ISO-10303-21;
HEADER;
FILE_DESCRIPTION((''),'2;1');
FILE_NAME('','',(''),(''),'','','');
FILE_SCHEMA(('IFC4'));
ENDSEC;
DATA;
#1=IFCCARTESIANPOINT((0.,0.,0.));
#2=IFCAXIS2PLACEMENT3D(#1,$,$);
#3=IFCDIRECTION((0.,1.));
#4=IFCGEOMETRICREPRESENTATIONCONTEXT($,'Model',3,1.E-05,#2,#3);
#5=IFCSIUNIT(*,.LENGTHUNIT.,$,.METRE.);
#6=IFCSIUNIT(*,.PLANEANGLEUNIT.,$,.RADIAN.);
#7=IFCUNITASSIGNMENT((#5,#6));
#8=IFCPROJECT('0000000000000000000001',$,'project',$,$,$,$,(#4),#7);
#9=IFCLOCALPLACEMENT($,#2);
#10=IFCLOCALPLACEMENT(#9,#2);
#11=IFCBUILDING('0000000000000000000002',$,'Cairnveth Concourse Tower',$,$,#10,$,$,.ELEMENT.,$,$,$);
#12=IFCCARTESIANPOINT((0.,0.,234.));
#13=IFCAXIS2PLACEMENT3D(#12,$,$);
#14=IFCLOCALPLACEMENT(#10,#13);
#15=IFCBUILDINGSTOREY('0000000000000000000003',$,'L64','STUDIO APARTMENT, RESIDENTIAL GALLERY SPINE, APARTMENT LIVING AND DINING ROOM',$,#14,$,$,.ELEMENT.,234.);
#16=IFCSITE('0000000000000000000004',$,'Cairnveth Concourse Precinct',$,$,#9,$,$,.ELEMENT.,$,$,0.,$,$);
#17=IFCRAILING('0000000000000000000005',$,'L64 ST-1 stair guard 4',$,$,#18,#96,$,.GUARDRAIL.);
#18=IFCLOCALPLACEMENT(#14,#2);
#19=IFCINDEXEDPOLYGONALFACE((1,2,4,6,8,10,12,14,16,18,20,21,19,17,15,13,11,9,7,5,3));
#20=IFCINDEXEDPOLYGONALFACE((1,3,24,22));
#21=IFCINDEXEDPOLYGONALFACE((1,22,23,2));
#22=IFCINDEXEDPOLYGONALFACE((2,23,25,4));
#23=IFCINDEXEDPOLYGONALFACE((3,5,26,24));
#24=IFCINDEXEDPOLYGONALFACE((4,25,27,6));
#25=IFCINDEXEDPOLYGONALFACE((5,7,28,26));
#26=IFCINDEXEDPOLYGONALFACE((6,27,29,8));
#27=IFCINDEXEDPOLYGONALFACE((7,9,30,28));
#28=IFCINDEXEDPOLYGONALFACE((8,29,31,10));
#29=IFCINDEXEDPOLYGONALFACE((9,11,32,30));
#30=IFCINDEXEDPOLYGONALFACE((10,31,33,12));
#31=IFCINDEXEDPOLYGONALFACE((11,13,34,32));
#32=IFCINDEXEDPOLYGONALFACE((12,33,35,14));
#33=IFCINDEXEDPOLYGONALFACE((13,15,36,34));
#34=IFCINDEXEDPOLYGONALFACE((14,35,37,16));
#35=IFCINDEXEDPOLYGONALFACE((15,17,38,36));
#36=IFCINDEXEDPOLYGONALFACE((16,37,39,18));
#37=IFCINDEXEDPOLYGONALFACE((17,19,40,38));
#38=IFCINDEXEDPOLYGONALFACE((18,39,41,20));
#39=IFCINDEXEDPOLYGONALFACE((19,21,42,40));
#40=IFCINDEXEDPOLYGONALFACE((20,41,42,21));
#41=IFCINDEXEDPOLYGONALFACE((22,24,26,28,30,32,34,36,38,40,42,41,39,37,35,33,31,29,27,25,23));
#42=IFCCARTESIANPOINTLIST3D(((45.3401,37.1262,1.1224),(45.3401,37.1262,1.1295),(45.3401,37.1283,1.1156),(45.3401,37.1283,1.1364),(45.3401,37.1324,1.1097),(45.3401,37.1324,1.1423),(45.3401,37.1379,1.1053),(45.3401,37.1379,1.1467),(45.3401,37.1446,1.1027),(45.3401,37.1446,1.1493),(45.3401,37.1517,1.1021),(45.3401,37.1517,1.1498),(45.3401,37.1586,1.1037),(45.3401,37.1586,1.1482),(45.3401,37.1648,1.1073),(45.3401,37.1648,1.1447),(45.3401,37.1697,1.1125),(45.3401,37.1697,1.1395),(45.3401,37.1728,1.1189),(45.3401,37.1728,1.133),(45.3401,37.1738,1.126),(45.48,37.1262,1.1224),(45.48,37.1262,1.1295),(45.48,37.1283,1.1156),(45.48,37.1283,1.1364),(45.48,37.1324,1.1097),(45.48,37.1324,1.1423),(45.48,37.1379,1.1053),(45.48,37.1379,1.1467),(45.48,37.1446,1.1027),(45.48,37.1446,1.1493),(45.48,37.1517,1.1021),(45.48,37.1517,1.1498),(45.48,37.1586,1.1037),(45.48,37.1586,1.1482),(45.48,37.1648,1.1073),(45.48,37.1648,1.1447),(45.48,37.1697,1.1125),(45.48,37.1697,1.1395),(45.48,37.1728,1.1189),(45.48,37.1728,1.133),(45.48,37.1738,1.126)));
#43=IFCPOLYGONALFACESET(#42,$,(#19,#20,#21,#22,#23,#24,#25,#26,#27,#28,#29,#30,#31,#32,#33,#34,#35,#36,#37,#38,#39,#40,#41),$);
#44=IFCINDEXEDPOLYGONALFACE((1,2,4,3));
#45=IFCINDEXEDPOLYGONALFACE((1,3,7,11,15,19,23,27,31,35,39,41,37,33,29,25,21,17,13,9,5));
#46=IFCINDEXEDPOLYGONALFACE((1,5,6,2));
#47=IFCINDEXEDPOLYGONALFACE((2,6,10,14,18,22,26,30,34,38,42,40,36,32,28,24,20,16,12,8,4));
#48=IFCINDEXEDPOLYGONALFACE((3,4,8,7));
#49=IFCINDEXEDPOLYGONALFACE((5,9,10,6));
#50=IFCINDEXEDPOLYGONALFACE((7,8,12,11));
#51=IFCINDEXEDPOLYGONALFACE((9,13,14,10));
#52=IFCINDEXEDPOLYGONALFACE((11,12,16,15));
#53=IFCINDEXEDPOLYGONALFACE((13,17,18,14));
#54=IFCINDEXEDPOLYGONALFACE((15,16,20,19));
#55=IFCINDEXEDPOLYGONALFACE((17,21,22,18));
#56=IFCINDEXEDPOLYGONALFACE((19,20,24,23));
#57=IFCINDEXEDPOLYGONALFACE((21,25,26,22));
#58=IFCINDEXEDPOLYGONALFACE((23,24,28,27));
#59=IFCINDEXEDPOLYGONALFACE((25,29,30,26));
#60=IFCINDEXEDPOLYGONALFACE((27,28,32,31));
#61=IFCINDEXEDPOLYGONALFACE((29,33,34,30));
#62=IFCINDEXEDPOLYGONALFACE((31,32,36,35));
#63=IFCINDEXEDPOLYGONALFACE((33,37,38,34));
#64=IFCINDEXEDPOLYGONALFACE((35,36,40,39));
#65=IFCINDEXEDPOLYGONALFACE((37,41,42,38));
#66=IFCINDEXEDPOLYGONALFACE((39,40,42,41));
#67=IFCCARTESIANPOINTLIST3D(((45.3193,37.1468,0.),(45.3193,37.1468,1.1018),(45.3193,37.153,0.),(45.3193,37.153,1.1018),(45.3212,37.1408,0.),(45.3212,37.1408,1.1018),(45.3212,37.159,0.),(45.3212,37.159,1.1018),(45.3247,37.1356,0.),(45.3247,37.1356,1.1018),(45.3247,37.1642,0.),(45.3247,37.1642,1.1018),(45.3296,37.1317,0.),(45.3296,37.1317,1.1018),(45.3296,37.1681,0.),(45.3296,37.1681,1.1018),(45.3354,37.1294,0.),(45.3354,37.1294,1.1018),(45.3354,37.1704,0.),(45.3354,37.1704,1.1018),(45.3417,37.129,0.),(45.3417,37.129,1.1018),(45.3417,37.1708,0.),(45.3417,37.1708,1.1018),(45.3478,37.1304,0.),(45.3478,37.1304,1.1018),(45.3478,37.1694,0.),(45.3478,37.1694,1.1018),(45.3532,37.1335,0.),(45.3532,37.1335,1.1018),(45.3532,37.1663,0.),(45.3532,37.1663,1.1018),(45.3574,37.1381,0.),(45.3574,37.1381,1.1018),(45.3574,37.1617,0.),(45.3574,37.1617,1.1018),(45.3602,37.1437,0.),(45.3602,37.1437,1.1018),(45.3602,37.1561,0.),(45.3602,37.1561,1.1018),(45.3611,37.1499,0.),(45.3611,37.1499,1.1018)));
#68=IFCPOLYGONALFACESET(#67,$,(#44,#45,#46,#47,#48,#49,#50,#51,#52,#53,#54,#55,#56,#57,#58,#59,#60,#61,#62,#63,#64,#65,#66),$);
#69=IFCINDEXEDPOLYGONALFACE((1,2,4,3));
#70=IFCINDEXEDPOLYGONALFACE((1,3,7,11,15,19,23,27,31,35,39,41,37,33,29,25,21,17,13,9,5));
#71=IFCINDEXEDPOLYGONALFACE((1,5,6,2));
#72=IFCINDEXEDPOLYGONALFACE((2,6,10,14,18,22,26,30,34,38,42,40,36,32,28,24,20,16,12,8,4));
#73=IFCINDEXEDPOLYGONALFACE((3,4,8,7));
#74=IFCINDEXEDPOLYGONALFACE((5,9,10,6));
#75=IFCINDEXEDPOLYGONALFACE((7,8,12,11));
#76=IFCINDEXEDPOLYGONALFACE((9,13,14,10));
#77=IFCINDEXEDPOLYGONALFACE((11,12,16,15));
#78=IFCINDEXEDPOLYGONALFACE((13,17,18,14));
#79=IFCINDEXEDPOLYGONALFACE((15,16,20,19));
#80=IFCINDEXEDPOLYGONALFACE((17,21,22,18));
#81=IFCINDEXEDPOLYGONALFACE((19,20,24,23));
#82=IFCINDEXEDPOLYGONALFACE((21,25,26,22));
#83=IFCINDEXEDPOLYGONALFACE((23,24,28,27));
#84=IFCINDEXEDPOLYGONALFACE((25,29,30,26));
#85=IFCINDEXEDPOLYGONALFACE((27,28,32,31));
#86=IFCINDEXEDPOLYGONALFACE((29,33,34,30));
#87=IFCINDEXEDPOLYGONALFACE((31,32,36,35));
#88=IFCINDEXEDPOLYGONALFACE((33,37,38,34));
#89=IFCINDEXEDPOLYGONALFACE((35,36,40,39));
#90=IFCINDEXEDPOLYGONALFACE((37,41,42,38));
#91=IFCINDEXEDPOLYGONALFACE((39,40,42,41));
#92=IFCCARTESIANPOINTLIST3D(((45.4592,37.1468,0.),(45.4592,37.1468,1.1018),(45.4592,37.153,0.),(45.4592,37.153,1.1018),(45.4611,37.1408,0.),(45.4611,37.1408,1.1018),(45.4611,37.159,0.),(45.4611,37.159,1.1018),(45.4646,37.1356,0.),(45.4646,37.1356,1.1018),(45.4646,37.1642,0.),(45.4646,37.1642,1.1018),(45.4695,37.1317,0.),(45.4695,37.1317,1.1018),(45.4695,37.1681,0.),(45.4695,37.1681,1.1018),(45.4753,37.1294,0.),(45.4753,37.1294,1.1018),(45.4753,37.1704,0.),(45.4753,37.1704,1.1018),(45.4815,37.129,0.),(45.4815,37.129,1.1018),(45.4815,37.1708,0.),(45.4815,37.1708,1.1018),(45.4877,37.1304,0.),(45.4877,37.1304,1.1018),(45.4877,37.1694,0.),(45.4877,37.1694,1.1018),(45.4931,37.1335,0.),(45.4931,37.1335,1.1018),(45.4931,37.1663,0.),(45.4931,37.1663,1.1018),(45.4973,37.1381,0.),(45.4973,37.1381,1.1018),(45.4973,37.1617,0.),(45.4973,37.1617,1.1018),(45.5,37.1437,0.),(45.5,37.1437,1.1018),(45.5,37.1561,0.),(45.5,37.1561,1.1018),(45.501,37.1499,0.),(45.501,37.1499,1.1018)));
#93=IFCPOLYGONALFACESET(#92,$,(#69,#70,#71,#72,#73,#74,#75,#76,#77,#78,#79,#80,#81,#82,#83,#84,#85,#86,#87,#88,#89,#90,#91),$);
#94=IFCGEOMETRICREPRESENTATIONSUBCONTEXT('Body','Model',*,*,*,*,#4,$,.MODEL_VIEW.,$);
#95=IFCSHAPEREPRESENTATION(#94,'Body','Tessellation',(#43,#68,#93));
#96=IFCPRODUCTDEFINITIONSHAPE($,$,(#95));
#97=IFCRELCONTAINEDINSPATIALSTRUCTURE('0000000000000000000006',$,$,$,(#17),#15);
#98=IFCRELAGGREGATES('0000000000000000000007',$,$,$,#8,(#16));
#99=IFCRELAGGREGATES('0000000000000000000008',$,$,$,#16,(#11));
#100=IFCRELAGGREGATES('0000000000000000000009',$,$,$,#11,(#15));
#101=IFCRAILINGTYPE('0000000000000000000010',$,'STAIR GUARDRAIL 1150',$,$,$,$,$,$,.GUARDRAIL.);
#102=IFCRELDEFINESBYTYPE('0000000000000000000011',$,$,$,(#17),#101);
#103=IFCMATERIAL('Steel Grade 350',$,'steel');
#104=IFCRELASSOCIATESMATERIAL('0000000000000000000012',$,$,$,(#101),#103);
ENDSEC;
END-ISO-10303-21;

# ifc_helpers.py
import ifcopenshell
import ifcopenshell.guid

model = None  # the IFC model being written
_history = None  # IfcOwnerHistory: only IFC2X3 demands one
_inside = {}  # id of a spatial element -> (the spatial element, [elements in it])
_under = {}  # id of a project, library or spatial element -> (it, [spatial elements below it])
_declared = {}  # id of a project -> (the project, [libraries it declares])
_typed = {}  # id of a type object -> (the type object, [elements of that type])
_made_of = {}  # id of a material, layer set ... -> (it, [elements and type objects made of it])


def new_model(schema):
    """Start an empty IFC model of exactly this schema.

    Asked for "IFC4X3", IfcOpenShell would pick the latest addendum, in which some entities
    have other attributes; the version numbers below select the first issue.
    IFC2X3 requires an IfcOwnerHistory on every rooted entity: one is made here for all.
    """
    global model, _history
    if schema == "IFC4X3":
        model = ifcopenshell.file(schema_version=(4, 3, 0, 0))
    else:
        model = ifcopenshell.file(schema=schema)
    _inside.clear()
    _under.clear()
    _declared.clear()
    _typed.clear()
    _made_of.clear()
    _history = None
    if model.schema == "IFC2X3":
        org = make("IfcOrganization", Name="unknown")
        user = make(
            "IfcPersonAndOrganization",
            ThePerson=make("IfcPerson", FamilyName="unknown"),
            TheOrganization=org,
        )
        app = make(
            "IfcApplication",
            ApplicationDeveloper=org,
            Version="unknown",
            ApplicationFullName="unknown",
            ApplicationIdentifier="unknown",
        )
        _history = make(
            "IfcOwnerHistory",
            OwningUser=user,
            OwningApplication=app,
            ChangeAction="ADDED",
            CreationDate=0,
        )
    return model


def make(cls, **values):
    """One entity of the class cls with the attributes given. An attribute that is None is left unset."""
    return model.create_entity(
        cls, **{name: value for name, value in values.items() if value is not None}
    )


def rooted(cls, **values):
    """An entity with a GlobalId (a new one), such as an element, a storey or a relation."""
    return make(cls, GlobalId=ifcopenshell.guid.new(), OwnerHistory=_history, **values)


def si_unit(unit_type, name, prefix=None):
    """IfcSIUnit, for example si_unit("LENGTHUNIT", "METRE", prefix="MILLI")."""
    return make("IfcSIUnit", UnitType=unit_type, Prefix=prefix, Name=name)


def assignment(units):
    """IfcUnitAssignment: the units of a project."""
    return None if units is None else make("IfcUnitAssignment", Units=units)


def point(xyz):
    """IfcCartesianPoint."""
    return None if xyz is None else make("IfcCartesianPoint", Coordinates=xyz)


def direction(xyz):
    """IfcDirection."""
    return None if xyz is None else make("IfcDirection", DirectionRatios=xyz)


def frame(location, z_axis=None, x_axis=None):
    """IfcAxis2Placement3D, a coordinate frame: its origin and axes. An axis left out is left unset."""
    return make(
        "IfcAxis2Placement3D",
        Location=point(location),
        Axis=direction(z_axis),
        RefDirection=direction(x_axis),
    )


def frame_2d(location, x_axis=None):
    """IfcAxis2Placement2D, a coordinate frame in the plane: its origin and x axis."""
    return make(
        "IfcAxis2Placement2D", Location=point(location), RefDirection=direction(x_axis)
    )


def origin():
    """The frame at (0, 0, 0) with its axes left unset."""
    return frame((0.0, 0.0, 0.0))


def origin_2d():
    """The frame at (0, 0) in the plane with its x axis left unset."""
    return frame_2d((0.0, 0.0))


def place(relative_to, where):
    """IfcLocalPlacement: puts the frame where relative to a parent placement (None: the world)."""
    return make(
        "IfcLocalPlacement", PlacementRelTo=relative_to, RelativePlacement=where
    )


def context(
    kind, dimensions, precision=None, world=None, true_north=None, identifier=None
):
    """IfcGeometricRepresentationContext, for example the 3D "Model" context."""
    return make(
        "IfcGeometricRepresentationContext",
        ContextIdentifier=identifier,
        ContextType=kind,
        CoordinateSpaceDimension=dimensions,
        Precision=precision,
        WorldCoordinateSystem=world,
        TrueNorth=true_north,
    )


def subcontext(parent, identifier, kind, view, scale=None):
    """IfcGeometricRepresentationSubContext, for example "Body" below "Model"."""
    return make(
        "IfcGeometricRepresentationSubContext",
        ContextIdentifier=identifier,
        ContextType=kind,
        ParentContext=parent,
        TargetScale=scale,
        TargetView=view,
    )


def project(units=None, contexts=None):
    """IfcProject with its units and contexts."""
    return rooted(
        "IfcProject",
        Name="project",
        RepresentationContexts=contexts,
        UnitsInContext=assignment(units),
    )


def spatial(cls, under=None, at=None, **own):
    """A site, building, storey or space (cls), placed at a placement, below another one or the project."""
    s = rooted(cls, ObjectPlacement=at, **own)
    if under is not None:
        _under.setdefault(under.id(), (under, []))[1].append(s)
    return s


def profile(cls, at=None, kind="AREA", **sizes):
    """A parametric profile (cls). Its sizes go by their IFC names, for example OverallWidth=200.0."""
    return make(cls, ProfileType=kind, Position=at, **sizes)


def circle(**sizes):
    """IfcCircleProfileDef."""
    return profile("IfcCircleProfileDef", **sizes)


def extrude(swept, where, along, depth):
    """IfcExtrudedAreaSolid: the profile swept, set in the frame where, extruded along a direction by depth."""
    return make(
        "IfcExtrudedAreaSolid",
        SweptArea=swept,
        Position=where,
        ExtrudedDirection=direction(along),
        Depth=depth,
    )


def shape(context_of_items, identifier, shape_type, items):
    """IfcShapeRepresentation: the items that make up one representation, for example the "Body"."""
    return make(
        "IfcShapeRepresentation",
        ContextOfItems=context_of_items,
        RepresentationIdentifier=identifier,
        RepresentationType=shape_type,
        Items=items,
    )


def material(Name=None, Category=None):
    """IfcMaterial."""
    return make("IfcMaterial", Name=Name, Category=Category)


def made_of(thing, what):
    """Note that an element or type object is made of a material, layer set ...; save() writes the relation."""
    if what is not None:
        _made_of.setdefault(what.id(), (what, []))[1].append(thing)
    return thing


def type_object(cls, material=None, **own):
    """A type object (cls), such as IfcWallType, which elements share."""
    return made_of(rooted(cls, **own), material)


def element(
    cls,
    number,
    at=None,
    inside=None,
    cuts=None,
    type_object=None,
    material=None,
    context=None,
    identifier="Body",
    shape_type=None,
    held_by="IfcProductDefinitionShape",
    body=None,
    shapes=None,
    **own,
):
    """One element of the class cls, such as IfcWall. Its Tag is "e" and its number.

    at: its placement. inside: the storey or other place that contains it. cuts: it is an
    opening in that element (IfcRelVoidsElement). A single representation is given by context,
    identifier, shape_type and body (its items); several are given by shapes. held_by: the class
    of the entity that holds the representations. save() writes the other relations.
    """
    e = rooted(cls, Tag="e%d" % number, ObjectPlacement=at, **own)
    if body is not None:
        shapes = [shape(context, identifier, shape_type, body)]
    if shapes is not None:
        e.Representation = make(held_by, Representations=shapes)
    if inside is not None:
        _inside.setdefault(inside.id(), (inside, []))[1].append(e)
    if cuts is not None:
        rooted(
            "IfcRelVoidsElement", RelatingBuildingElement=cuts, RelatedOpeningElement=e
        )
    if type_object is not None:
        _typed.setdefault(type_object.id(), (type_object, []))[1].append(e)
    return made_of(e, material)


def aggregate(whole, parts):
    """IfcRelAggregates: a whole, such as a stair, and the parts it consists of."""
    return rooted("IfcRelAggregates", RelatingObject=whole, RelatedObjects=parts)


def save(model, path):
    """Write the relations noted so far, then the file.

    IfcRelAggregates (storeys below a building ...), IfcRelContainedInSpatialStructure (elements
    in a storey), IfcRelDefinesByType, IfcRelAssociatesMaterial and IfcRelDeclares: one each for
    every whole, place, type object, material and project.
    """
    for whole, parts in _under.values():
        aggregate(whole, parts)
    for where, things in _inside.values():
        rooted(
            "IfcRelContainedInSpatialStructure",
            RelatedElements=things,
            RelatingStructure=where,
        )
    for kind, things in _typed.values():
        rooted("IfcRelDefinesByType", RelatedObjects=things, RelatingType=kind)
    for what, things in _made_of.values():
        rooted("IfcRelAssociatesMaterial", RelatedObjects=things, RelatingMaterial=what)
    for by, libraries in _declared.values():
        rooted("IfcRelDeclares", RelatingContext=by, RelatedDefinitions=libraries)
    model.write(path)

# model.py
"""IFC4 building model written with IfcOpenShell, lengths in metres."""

from ifc_helpers import new_model, si_unit, direction, frame, origin, origin_2d, place, context, subcontext, project, spatial, circle, extrude, material, type_object, element, save


model = new_model("IFC4")

# Units and contexts
model_context = context("Model", 3, precision=1e-05, world=origin(), true_north=direction((0.0, 1.0)))
body_context = subcontext(model_context, "Body", "Model", "MODEL_VIEW")
ifc_project = project(units=[si_unit("LENGTHUNIT", "METRE"), si_unit("PLANEANGLEUNIT", "RADIAN")], contexts=[model_context])

# Site, building, storey
site_placement = place(None, origin())
site = spatial("IfcSite", under=ifc_project, at=site_placement, Name="Cairnveth Concourse Precinct", CompositionType="ELEMENT", RefElevation=0.0)
building_placement = place(site_placement, origin())
building = spatial("IfcBuilding", under=site, at=building_placement, Name="Cairnveth Concourse Tower", CompositionType="ELEMENT")
storey_placement = place(building_placement, frame((0.0, 0.0, 234.0)))
storey = spatial("IfcBuildingStorey", under=building, at=storey_placement, Name="L64", Description="STUDIO APARTMENT, RESIDENTIAL GALLERY SPINE, APARTMENT LIVING AND DINING ROOM", CompositionType="ELEMENT", Elevation=234.0)

# Shared definitions
ifc_material_1 = material(Name="Steel Grade 350", Category="steel")

# Railing
railing_type = type_object("IfcRailingType", Name="STAIR GUARDRAIL 1150", PredefinedType="GUARDRAIL", material=ifc_material_1)
railing_placement = place(storey_placement, frame((45.3401, 37.1499, 0.0)))
element("IfcRailing", 1, at=railing_placement, inside=storey, type_object=railing_type, Name="L64 ST-1 stair guard 4", PredefinedType="GUARDRAIL", context=body_context, shape_type="SweptSolid", body=[
    extrude(circle(Radius=0.0239, at=origin_2d()), frame((0.0, 0.0, 1.126), z_axis=(1.0, 0.0, 0.0), x_axis=(0.0, 1.0, 0.0)), (0.0, 0.0, 1.0), 0.1399),
    extrude(circle(Radius=0.021, at=origin_2d()), origin(), (0.0, 0.0, 1.0), 1.1018),
    extrude(circle(Radius=0.021, at=origin_2d()), frame((0.1399, 0.0, 0.0)), (0.0, 0.0, 1.0), 1.1018),
])

save(model, "model.ifc")
